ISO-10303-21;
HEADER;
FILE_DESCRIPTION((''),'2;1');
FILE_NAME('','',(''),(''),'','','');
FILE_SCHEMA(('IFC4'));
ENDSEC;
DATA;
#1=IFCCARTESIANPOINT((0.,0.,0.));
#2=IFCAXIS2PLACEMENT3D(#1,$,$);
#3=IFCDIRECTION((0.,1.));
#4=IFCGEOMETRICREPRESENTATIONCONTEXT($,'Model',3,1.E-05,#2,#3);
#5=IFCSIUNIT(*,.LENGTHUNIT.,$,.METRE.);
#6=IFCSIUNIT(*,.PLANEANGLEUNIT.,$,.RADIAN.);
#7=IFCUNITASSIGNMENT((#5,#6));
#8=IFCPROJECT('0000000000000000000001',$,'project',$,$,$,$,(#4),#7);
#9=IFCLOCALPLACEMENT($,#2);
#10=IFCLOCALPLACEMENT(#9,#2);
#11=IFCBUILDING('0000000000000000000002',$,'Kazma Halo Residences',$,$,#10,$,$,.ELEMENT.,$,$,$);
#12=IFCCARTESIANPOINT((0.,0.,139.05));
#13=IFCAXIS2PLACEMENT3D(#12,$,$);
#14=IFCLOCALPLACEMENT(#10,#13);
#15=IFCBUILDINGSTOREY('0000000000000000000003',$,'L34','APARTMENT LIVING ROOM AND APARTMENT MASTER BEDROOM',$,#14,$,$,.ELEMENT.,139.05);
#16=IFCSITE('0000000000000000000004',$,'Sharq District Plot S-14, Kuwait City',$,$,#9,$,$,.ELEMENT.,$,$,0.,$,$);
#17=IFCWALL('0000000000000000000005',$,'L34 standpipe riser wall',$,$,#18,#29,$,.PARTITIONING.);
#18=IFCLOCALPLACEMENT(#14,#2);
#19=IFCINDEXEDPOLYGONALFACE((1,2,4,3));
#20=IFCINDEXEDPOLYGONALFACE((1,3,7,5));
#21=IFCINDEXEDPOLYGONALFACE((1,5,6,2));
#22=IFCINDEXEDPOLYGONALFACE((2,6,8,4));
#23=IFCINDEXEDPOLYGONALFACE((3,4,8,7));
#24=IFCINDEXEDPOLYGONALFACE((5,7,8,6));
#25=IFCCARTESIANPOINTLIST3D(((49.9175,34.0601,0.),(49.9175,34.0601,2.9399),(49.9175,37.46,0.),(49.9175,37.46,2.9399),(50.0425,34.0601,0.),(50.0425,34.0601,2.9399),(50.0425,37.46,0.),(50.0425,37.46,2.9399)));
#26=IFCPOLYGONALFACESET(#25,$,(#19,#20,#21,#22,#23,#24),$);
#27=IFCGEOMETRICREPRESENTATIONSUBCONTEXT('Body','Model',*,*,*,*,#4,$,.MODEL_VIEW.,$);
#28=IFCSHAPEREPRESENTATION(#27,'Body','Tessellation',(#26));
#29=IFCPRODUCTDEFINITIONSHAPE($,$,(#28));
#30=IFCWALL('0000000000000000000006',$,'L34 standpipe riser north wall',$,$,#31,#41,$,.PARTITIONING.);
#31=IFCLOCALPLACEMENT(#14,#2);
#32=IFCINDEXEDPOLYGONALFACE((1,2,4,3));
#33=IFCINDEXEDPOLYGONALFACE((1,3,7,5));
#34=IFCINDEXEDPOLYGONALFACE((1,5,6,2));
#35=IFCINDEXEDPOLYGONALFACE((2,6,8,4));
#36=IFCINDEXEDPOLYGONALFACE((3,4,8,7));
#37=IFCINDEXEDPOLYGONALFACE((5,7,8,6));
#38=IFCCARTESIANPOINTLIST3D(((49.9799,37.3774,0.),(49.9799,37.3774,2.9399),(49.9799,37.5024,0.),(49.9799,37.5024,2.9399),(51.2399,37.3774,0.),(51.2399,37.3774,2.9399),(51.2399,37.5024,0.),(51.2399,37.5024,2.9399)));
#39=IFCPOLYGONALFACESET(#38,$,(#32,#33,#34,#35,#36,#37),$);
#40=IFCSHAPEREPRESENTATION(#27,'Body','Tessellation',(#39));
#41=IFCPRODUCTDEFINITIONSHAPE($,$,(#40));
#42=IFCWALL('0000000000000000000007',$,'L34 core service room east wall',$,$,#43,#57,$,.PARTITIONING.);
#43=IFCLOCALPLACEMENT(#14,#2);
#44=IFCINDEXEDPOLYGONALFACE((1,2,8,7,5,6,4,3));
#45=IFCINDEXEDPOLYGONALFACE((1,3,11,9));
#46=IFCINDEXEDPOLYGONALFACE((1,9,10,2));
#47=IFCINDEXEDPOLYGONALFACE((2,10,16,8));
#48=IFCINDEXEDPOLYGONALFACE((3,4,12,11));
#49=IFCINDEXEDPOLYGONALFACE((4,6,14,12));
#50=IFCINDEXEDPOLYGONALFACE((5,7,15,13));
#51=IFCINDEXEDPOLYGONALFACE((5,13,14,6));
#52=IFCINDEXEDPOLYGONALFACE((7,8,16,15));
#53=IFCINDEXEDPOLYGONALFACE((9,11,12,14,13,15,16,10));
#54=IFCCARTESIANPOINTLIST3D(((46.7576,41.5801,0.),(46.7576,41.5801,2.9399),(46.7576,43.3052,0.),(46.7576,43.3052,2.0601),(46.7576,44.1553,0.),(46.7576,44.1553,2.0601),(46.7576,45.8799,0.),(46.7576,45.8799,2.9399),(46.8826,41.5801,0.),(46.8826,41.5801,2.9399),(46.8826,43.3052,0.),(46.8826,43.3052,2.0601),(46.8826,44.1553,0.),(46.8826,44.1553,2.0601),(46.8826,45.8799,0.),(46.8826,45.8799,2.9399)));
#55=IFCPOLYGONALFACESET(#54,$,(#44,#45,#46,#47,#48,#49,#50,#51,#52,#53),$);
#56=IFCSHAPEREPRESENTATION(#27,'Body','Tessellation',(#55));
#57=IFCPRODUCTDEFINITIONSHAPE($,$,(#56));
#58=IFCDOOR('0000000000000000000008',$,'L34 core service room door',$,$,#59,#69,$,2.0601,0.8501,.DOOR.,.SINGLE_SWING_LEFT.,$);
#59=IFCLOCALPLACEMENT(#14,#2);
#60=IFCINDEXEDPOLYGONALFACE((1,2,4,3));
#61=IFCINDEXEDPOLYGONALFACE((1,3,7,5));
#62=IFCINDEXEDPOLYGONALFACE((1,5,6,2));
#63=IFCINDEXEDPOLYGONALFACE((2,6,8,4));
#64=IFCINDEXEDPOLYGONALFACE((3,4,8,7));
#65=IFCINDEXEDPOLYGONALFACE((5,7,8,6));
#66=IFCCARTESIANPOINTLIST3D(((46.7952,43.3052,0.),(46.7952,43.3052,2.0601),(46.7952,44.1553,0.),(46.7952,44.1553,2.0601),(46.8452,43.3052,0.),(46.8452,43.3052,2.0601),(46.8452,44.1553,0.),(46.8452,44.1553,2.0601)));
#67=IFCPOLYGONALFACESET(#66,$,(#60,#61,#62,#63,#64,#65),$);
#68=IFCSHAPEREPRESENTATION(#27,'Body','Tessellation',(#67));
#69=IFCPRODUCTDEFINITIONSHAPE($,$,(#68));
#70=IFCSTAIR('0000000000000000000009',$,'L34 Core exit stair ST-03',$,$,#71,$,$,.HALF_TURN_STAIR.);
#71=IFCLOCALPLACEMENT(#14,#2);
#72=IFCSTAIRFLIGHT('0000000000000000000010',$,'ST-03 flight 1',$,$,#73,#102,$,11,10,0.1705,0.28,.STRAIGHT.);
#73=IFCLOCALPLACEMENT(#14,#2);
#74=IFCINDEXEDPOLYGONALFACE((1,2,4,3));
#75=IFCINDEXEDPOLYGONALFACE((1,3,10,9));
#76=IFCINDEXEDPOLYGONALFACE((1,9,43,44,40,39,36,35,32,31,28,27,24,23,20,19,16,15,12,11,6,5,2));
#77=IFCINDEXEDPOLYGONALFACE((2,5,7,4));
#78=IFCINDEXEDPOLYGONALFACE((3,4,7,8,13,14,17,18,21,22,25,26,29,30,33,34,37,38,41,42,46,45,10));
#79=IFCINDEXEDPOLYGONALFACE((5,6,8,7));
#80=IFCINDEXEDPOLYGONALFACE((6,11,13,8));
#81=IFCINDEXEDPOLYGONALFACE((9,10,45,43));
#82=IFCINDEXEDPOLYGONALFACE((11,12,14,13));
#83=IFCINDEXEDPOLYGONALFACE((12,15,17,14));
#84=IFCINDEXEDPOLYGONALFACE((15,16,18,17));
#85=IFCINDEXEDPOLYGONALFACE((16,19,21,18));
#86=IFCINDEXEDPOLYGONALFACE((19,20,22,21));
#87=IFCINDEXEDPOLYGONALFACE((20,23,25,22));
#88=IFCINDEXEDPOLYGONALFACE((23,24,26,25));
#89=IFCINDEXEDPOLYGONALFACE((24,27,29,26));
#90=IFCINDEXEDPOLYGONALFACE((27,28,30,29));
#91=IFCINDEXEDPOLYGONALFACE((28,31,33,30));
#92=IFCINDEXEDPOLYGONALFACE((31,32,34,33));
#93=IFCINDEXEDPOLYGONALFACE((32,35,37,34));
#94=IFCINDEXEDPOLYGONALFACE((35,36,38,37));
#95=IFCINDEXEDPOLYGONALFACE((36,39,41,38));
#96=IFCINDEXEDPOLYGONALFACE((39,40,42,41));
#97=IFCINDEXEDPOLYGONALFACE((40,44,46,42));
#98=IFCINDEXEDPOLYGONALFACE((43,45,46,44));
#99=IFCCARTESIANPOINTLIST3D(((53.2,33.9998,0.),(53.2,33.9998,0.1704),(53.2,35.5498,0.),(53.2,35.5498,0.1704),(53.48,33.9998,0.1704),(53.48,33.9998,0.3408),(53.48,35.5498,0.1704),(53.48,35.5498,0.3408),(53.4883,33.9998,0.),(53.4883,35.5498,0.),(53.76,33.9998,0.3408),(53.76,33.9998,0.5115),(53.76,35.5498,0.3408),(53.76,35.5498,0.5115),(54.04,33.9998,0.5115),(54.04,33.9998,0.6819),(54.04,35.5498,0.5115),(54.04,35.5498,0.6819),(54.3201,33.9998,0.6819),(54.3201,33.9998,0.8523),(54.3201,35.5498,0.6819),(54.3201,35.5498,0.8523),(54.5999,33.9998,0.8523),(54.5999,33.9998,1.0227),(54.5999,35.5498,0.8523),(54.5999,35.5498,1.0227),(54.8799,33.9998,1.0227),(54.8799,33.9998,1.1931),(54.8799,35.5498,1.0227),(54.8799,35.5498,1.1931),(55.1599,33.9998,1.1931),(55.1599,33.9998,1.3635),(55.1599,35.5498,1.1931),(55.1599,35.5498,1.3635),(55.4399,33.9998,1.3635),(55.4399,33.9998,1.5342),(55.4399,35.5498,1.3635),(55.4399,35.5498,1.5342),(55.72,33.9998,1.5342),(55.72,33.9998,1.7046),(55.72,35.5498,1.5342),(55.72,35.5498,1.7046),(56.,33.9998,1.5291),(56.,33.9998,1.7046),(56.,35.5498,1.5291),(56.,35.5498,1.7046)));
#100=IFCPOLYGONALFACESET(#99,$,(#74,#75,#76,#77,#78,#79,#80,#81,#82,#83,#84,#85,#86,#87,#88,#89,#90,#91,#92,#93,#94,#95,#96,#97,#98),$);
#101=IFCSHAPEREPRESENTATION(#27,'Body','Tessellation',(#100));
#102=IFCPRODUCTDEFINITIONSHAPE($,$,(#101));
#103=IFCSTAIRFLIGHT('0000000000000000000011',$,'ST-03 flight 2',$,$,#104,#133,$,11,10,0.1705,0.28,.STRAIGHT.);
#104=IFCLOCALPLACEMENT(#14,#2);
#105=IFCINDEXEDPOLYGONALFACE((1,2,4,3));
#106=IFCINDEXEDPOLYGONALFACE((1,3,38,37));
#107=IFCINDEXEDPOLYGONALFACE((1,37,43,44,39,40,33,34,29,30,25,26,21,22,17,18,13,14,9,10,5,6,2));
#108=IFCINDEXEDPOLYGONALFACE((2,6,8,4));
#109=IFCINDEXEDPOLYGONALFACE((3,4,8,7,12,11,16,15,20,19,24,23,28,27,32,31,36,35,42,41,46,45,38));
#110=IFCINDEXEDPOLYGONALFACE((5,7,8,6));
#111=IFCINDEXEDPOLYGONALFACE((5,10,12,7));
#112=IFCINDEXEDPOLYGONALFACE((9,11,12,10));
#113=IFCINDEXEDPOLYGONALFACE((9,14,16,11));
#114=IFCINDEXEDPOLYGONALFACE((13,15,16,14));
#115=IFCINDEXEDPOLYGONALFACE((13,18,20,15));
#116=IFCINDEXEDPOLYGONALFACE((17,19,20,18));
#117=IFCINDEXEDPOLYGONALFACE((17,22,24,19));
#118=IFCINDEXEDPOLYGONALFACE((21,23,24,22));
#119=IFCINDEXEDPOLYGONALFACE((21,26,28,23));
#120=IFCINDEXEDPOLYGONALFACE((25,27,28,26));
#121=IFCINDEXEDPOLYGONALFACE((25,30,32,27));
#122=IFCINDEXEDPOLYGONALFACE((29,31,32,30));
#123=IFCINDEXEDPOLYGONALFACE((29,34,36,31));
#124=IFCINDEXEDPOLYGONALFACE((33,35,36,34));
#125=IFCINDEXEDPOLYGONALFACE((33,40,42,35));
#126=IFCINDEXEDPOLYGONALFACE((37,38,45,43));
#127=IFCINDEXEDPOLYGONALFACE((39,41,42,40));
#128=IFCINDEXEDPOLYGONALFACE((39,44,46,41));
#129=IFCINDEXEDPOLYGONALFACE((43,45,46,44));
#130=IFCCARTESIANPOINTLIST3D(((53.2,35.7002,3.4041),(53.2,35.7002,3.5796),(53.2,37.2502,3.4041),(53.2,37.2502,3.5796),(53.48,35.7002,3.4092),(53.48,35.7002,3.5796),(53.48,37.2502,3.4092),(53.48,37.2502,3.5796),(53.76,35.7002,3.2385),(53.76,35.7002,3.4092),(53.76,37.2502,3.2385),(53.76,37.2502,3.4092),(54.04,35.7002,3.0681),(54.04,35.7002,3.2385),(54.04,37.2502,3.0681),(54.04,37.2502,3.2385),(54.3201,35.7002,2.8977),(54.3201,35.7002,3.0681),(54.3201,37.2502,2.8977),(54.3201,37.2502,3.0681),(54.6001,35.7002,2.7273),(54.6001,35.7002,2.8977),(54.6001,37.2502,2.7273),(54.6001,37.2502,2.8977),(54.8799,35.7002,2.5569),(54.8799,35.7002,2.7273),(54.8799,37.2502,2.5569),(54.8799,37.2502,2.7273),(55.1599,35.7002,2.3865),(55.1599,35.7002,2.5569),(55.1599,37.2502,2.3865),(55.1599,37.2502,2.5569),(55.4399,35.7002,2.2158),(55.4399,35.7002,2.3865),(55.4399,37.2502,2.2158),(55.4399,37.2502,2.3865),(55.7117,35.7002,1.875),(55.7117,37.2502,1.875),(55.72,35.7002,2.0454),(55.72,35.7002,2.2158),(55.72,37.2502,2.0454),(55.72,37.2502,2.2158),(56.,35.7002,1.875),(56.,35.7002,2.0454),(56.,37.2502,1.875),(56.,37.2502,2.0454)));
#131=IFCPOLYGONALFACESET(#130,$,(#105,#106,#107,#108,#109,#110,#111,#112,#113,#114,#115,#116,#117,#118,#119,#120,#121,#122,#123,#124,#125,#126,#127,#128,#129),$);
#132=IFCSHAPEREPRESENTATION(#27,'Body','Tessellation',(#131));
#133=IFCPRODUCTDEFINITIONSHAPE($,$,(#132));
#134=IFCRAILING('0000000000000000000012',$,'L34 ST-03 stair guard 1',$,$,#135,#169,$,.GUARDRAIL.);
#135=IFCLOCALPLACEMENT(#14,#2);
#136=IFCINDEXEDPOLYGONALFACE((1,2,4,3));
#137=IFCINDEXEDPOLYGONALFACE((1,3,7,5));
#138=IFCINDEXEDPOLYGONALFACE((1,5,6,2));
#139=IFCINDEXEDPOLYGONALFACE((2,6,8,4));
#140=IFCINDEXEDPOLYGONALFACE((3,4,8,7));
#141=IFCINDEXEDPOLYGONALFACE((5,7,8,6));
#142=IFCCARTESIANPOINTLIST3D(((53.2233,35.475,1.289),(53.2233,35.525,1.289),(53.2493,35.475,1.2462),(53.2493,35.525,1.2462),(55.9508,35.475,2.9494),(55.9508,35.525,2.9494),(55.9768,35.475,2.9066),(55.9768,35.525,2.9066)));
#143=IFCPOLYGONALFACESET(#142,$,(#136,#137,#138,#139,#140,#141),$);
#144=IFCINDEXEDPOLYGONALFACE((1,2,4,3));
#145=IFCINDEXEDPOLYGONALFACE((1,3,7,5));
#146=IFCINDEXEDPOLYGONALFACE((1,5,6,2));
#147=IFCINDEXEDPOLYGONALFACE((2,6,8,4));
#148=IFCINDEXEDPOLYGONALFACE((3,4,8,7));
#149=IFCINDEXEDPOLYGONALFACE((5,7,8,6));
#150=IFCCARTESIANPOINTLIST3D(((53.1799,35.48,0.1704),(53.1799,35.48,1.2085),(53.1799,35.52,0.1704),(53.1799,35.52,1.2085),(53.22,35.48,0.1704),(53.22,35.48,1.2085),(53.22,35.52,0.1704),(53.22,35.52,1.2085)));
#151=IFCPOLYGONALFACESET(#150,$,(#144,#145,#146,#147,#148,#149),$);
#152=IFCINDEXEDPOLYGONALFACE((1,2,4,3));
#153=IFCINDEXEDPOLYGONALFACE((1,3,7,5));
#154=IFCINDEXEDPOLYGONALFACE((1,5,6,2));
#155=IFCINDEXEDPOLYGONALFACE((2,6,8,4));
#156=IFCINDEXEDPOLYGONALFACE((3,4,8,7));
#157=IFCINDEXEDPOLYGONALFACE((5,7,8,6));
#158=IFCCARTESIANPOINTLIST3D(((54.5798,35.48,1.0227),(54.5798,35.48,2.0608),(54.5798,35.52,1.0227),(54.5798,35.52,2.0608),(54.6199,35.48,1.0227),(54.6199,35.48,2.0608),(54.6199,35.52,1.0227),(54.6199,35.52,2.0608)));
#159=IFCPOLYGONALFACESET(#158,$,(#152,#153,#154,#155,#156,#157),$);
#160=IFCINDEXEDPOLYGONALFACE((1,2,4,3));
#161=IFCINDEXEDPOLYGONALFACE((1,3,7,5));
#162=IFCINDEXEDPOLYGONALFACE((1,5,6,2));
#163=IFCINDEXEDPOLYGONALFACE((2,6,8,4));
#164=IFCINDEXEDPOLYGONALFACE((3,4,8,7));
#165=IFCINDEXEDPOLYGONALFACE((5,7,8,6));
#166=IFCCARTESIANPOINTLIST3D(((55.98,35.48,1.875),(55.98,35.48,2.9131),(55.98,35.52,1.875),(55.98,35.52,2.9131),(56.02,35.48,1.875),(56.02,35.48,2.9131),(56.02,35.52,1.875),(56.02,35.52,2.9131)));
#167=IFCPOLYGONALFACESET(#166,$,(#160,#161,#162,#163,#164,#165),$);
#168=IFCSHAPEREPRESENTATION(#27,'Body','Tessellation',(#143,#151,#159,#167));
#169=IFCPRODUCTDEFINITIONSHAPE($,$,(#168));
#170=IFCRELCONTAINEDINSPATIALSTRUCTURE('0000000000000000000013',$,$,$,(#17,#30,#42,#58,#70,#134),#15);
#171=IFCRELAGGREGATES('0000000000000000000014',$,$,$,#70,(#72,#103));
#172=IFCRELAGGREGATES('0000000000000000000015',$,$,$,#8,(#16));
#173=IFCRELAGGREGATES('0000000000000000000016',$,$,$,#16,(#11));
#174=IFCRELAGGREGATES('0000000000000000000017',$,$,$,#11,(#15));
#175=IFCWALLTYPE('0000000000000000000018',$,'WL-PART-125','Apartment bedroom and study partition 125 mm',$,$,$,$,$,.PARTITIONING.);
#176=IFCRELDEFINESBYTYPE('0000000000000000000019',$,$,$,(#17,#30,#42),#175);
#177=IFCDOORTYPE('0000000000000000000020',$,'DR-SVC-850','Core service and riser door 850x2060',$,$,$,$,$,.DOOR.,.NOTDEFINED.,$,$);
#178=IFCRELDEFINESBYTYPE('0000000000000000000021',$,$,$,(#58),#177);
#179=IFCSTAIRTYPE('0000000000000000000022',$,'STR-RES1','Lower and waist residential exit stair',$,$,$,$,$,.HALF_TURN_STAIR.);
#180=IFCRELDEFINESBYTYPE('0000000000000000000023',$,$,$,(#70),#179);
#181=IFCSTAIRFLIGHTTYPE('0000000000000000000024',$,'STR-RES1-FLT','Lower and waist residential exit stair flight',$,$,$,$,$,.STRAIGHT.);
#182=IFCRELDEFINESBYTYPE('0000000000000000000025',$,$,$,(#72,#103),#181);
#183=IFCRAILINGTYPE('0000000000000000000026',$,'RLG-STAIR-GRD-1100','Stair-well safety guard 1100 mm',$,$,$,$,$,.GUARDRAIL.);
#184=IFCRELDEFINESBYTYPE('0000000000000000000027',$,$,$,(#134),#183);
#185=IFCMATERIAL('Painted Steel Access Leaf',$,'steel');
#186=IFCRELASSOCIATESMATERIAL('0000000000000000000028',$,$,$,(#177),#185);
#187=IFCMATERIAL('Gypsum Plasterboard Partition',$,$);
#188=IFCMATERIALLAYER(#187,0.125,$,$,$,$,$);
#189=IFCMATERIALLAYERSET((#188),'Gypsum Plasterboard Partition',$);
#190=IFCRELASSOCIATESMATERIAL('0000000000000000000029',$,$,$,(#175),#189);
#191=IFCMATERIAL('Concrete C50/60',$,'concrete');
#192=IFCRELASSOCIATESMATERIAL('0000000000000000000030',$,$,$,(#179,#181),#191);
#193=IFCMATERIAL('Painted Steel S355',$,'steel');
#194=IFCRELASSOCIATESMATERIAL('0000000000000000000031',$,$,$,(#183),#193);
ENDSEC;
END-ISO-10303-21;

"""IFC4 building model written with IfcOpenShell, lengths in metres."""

from ifc_helpers import new_model, si_unit, direction, frame, frame_2d, origin, origin_2d, place, context, subcontext, project, spatial, polyline, rectangle, outline, extrude, material, layer, layer_set, type_object, element, fill, aggregate, save


model = new_model("IFC4")

# Units and contexts
model_context = context("Model", 3, precision=1e-05, world=origin(), true_north=direction((0.0, 1.0)))
body_context = subcontext(model_context, "Body", "Model", "MODEL_VIEW")
ifc_project = project(units=[si_unit("LENGTHUNIT", "METRE"), si_unit("PLANEANGLEUNIT", "RADIAN")], contexts=[model_context])

# Site, building, storey
site_placement = place(None, origin())
site = spatial("IfcSite", under=ifc_project, at=site_placement, Name="Sharq District Plot S-14, Kuwait City", CompositionType="ELEMENT", RefElevation=0.0)
building_placement = place(site_placement, origin())
building = spatial("IfcBuilding", under=site, at=building_placement, Name="Kazma Halo Residences", CompositionType="ELEMENT")
storey_placement = place(building_placement, frame((0.0, 0.0, 139.05)))
storey = spatial("IfcBuildingStorey", under=building, at=storey_placement, Name="L34", Description="APARTMENT LIVING ROOM AND APARTMENT MASTER BEDROOM", CompositionType="ELEMENT", Elevation=139.05)

# Shared definitions
ifc_material_1 = material(Name="Painted Steel Access Leaf", Category="steel")
door_type_1 = type_object("IfcDoorType", Name="DR-SVC-850", Description="Core service and riser door 850x2060", OperationType="NOTDEFINED", PredefinedType="DOOR", material=ifc_material_1)

# Walls
ifc_material_2 = material(Name="Gypsum Plasterboard Partition")
ifc_layer_1 = layer(ifc_material_2, 0.125)
ifc_layer_set_1 = layer_set([ifc_layer_1], Name="Gypsum Plasterboard Partition")
wall_type_1 = type_object("IfcWallType", Name="WL-PART-125", Description="Apartment bedroom and study partition 125 mm", PredefinedType="PARTITIONING", material=ifc_layer_set_1)
wall_1_placement = place(storey_placement, frame((49.98, 34.0601, 0.0), z_axis=(0.0, 0.0, 1.0), x_axis=(0.0, 1.0, 0.0)))
element("IfcWall", 1, at=wall_1_placement, inside=storey, type_object=wall_type_1, Name="L34 standpipe riser wall", PredefinedType="PARTITIONING", context=body_context, shape_type="SweptSolid", body=[
    extrude(rectangle(XDim=3.3999, YDim=0.125, at=frame_2d((1.7, 0.0))), origin(), (0.0, 0.0, 1.0), 2.9399),
])
wall_2_placement = place(storey_placement, frame((49.98, 37.4399, 0.0), z_axis=(0.0, 0.0, 1.0), x_axis=(1.0, 0.0, 0.0)))
element("IfcWall", 2, at=wall_2_placement, inside=storey, type_object=wall_type_1, Name="L34 standpipe riser north wall", PredefinedType="PARTITIONING", context=body_context, shape_type="SweptSolid", body=[
    extrude(rectangle(XDim=1.26, YDim=0.125, at=frame_2d((0.6299, 0.0))), origin(), (0.0, 0.0, 1.0), 2.9399),
])

# Wall, opening, door
wall_3_placement = place(storey_placement, frame((46.8201, 41.5801, 0.0), z_axis=(0.0, 0.0, 1.0), x_axis=(0.0, 1.0, 0.0)))
wall_3 = element("IfcWall", 3, at=wall_3_placement, inside=storey, type_object=wall_type_1, Name="L34 core service room east wall", PredefinedType="PARTITIONING", context=body_context, shape_type="SweptSolid", body=[
    extrude(rectangle(XDim=4.2998, YDim=0.125, at=frame_2d((2.1499, 0.0))), origin(), (0.0, 0.0, 1.0), 2.9399),
])
opening_1_placement = place(wall_3_placement, frame((1.7251, 0.0, 0.0)))
opening_1 = element("IfcOpeningElement", 4, at=opening_1_placement, cuts=wall_3, PredefinedType="OPENING", context=body_context, shape_type="SweptSolid", body=[
    extrude(rectangle(XDim=0.8501, YDim=2.0601, at=frame_2d((0.425, 1.03))), frame((0.0, 0.0725, 0.0), z_axis=(0.0, -1.0, 0.0), x_axis=(1.0, 0.0, 0.0)), (0.0, 0.0, 1.0), 0.145),
])
door_1_placement = place(opening_1_placement, origin())
door_1 = element("IfcDoor", 5, at=door_1_placement, inside=storey, type_object=door_type_1, Name="L34 core service room door", OperationType="SINGLE_SWING_LEFT", OverallHeight=2.0601, OverallWidth=0.8501, PredefinedType="DOOR", context=body_context, shape_type="SweptSolid", body=[
    extrude(rectangle(XDim=0.8501, YDim=2.0601, at=frame_2d((0.425, 1.03))), frame((0.0, 0.0249, 0.0), z_axis=(0.0, -1.0, 0.0), x_axis=(1.0, 0.0, 0.0)), (0.0, 0.0, 1.0), 0.05),
])
fill(opening_1, door_1)
ifc_material_3 = material(Name="Concrete C50/60", Category="concrete")

# Stair, stair flights
stair_type = type_object("IfcStairType", Name="STR-RES1", Description="Lower and waist residential exit stair", PredefinedType="HALF_TURN_STAIR", material=ifc_material_3)
stair_placement = place(storey_placement, origin())
stair = element("IfcStair", 6, at=stair_placement, inside=storey, type_object=stair_type, Name="L34 Core exit stair ST-03", PredefinedType="HALF_TURN_STAIR")
stair_flight_type = type_object("IfcStairFlightType", Name="STR-RES1-FLT", Description="Lower and waist residential exit stair flight", PredefinedType="STRAIGHT", material=ifc_material_3)
stair_flight_1_placement = place(storey_placement, frame((53.2, 34.7749, 0.0), z_axis=(0.0, 0.0, 1.0), x_axis=(1.0, 0.0, 0.0)))
stair_flight_1 = element("IfcStairFlight", 7, at=stair_flight_1_placement, type_object=stair_flight_type, Name="ST-03 flight 1", NumberOfRisers=11, NumberOfTreads=10, PredefinedType="STRAIGHT", RiserHeight=0.1705, TreadLength=0.28, context=body_context, shape_type="SweptSolid", body=[
    extrude(outline(polyline([(0.0, 0.0), (0.0, 0.1704), (0.28, 0.1704), (0.28, 0.3408), (0.5601, 0.3408), (0.5601, 0.5115), (0.8401, 0.5115), (0.8401, 0.6819), (1.1201, 0.6819), (1.1201, 0.8523), (1.3999, 0.8523), (1.3999, 1.0227), (1.6799, 1.0227), (1.6799, 1.1931), (1.96, 1.1931), (1.96, 1.3635), (2.24, 1.3635), (2.24, 1.5342), (2.52, 1.5342), (2.52, 1.7046), (2.8, 1.7046), (2.8, 1.875), (2.8, 1.5291), (0.2883, 0.0), (0.0, 0.0)])), frame((0.0, 0.7749, 0.0), z_axis=(0.0, -1.0, 0.0), x_axis=(1.0, 0.0, 0.0)), (0.0, 0.0, 1.0), 1.55),
])
stair_flight_2_placement = place(storey_placement, frame((56.0, 36.4751, 1.875), z_axis=(0.0, 0.0, 1.0), x_axis=(-1.0, 0.0, 0.0)))
stair_flight_2 = element("IfcStairFlight", 8, at=stair_flight_2_placement, type_object=stair_flight_type, Name="ST-03 flight 2", NumberOfRisers=11, NumberOfTreads=10, PredefinedType="STRAIGHT", RiserHeight=0.1705, TreadLength=0.28, context=body_context, shape_type="SweptSolid", body=[
    extrude(outline(polyline([(0.0, 0.0), (0.0, 0.1704), (0.28, 0.1704), (0.28, 0.3408), (0.5601, 0.3408), (0.5601, 0.5115), (0.8401, 0.5115), (0.8401, 0.6819), (1.1201, 0.6819), (1.1201, 0.8523), (1.3999, 0.8523), (1.3999, 1.0227), (1.6799, 1.0227), (1.6799, 1.1931), (1.96, 1.1931), (1.96, 1.3635), (2.24, 1.3635), (2.24, 1.5342), (2.52, 1.5342), (2.52, 1.7046), (2.8, 1.7046), (2.8, 1.875), (2.8, 1.5291), (0.2883, 0.0), (0.0, 0.0)])), frame((0.0, 0.7749, 0.0), z_axis=(0.0, -1.0, 0.0), x_axis=(1.0, 0.0, 0.0)), (0.0, 0.0, 1.0), 1.55),
])
aggregate(stair, [stair_flight_1, stair_flight_2])

# Railing
ifc_material_4 = material(Name="Painted Steel S355", Category="steel")
railing_type_1 = type_object("IfcRailingType", Name="RLG-STAIR-GRD-1100", Description="Stair-well safety guard 1100 mm", PredefinedType="GUARDRAIL", material=ifc_material_4)
railing_1_placement = place(storey_placement, frame((53.2, 35.5, 0.1704)))
element("IfcRailing", 9, at=railing_1_placement, inside=storey, type_object=railing_type_1, Name="L34 ST-03 stair guard 1", PredefinedType="GUARDRAIL", context=body_context, shape_type="SweptSolid", body=[
    extrude(rectangle(XDim=0.05, YDim=0.05, at=origin_2d()), frame((0.0364, 0.0, 1.0972), z_axis=(0.85417, 0.0, 0.519994), x_axis=(0.0, 1.0, 0.0)), (0.0, 0.0, 1.0), 3.1931),
    extrude(rectangle(XDim=0.04, YDim=0.04, at=origin_2d()), origin(), (0.0, 0.0, 1.0), 1.0381),
    extrude(rectangle(XDim=0.04, YDim=0.04, at=origin_2d()), frame((1.3999, 0.0, 0.8523)), (0.0, 0.0, 1.0), 1.0381),
    extrude(rectangle(XDim=0.04, YDim=0.04, at=origin_2d()), frame((2.8, 0.0, 1.7046)), (0.0, 0.0, 1.0), 1.0381),
])

save(model, "model.ifc")
